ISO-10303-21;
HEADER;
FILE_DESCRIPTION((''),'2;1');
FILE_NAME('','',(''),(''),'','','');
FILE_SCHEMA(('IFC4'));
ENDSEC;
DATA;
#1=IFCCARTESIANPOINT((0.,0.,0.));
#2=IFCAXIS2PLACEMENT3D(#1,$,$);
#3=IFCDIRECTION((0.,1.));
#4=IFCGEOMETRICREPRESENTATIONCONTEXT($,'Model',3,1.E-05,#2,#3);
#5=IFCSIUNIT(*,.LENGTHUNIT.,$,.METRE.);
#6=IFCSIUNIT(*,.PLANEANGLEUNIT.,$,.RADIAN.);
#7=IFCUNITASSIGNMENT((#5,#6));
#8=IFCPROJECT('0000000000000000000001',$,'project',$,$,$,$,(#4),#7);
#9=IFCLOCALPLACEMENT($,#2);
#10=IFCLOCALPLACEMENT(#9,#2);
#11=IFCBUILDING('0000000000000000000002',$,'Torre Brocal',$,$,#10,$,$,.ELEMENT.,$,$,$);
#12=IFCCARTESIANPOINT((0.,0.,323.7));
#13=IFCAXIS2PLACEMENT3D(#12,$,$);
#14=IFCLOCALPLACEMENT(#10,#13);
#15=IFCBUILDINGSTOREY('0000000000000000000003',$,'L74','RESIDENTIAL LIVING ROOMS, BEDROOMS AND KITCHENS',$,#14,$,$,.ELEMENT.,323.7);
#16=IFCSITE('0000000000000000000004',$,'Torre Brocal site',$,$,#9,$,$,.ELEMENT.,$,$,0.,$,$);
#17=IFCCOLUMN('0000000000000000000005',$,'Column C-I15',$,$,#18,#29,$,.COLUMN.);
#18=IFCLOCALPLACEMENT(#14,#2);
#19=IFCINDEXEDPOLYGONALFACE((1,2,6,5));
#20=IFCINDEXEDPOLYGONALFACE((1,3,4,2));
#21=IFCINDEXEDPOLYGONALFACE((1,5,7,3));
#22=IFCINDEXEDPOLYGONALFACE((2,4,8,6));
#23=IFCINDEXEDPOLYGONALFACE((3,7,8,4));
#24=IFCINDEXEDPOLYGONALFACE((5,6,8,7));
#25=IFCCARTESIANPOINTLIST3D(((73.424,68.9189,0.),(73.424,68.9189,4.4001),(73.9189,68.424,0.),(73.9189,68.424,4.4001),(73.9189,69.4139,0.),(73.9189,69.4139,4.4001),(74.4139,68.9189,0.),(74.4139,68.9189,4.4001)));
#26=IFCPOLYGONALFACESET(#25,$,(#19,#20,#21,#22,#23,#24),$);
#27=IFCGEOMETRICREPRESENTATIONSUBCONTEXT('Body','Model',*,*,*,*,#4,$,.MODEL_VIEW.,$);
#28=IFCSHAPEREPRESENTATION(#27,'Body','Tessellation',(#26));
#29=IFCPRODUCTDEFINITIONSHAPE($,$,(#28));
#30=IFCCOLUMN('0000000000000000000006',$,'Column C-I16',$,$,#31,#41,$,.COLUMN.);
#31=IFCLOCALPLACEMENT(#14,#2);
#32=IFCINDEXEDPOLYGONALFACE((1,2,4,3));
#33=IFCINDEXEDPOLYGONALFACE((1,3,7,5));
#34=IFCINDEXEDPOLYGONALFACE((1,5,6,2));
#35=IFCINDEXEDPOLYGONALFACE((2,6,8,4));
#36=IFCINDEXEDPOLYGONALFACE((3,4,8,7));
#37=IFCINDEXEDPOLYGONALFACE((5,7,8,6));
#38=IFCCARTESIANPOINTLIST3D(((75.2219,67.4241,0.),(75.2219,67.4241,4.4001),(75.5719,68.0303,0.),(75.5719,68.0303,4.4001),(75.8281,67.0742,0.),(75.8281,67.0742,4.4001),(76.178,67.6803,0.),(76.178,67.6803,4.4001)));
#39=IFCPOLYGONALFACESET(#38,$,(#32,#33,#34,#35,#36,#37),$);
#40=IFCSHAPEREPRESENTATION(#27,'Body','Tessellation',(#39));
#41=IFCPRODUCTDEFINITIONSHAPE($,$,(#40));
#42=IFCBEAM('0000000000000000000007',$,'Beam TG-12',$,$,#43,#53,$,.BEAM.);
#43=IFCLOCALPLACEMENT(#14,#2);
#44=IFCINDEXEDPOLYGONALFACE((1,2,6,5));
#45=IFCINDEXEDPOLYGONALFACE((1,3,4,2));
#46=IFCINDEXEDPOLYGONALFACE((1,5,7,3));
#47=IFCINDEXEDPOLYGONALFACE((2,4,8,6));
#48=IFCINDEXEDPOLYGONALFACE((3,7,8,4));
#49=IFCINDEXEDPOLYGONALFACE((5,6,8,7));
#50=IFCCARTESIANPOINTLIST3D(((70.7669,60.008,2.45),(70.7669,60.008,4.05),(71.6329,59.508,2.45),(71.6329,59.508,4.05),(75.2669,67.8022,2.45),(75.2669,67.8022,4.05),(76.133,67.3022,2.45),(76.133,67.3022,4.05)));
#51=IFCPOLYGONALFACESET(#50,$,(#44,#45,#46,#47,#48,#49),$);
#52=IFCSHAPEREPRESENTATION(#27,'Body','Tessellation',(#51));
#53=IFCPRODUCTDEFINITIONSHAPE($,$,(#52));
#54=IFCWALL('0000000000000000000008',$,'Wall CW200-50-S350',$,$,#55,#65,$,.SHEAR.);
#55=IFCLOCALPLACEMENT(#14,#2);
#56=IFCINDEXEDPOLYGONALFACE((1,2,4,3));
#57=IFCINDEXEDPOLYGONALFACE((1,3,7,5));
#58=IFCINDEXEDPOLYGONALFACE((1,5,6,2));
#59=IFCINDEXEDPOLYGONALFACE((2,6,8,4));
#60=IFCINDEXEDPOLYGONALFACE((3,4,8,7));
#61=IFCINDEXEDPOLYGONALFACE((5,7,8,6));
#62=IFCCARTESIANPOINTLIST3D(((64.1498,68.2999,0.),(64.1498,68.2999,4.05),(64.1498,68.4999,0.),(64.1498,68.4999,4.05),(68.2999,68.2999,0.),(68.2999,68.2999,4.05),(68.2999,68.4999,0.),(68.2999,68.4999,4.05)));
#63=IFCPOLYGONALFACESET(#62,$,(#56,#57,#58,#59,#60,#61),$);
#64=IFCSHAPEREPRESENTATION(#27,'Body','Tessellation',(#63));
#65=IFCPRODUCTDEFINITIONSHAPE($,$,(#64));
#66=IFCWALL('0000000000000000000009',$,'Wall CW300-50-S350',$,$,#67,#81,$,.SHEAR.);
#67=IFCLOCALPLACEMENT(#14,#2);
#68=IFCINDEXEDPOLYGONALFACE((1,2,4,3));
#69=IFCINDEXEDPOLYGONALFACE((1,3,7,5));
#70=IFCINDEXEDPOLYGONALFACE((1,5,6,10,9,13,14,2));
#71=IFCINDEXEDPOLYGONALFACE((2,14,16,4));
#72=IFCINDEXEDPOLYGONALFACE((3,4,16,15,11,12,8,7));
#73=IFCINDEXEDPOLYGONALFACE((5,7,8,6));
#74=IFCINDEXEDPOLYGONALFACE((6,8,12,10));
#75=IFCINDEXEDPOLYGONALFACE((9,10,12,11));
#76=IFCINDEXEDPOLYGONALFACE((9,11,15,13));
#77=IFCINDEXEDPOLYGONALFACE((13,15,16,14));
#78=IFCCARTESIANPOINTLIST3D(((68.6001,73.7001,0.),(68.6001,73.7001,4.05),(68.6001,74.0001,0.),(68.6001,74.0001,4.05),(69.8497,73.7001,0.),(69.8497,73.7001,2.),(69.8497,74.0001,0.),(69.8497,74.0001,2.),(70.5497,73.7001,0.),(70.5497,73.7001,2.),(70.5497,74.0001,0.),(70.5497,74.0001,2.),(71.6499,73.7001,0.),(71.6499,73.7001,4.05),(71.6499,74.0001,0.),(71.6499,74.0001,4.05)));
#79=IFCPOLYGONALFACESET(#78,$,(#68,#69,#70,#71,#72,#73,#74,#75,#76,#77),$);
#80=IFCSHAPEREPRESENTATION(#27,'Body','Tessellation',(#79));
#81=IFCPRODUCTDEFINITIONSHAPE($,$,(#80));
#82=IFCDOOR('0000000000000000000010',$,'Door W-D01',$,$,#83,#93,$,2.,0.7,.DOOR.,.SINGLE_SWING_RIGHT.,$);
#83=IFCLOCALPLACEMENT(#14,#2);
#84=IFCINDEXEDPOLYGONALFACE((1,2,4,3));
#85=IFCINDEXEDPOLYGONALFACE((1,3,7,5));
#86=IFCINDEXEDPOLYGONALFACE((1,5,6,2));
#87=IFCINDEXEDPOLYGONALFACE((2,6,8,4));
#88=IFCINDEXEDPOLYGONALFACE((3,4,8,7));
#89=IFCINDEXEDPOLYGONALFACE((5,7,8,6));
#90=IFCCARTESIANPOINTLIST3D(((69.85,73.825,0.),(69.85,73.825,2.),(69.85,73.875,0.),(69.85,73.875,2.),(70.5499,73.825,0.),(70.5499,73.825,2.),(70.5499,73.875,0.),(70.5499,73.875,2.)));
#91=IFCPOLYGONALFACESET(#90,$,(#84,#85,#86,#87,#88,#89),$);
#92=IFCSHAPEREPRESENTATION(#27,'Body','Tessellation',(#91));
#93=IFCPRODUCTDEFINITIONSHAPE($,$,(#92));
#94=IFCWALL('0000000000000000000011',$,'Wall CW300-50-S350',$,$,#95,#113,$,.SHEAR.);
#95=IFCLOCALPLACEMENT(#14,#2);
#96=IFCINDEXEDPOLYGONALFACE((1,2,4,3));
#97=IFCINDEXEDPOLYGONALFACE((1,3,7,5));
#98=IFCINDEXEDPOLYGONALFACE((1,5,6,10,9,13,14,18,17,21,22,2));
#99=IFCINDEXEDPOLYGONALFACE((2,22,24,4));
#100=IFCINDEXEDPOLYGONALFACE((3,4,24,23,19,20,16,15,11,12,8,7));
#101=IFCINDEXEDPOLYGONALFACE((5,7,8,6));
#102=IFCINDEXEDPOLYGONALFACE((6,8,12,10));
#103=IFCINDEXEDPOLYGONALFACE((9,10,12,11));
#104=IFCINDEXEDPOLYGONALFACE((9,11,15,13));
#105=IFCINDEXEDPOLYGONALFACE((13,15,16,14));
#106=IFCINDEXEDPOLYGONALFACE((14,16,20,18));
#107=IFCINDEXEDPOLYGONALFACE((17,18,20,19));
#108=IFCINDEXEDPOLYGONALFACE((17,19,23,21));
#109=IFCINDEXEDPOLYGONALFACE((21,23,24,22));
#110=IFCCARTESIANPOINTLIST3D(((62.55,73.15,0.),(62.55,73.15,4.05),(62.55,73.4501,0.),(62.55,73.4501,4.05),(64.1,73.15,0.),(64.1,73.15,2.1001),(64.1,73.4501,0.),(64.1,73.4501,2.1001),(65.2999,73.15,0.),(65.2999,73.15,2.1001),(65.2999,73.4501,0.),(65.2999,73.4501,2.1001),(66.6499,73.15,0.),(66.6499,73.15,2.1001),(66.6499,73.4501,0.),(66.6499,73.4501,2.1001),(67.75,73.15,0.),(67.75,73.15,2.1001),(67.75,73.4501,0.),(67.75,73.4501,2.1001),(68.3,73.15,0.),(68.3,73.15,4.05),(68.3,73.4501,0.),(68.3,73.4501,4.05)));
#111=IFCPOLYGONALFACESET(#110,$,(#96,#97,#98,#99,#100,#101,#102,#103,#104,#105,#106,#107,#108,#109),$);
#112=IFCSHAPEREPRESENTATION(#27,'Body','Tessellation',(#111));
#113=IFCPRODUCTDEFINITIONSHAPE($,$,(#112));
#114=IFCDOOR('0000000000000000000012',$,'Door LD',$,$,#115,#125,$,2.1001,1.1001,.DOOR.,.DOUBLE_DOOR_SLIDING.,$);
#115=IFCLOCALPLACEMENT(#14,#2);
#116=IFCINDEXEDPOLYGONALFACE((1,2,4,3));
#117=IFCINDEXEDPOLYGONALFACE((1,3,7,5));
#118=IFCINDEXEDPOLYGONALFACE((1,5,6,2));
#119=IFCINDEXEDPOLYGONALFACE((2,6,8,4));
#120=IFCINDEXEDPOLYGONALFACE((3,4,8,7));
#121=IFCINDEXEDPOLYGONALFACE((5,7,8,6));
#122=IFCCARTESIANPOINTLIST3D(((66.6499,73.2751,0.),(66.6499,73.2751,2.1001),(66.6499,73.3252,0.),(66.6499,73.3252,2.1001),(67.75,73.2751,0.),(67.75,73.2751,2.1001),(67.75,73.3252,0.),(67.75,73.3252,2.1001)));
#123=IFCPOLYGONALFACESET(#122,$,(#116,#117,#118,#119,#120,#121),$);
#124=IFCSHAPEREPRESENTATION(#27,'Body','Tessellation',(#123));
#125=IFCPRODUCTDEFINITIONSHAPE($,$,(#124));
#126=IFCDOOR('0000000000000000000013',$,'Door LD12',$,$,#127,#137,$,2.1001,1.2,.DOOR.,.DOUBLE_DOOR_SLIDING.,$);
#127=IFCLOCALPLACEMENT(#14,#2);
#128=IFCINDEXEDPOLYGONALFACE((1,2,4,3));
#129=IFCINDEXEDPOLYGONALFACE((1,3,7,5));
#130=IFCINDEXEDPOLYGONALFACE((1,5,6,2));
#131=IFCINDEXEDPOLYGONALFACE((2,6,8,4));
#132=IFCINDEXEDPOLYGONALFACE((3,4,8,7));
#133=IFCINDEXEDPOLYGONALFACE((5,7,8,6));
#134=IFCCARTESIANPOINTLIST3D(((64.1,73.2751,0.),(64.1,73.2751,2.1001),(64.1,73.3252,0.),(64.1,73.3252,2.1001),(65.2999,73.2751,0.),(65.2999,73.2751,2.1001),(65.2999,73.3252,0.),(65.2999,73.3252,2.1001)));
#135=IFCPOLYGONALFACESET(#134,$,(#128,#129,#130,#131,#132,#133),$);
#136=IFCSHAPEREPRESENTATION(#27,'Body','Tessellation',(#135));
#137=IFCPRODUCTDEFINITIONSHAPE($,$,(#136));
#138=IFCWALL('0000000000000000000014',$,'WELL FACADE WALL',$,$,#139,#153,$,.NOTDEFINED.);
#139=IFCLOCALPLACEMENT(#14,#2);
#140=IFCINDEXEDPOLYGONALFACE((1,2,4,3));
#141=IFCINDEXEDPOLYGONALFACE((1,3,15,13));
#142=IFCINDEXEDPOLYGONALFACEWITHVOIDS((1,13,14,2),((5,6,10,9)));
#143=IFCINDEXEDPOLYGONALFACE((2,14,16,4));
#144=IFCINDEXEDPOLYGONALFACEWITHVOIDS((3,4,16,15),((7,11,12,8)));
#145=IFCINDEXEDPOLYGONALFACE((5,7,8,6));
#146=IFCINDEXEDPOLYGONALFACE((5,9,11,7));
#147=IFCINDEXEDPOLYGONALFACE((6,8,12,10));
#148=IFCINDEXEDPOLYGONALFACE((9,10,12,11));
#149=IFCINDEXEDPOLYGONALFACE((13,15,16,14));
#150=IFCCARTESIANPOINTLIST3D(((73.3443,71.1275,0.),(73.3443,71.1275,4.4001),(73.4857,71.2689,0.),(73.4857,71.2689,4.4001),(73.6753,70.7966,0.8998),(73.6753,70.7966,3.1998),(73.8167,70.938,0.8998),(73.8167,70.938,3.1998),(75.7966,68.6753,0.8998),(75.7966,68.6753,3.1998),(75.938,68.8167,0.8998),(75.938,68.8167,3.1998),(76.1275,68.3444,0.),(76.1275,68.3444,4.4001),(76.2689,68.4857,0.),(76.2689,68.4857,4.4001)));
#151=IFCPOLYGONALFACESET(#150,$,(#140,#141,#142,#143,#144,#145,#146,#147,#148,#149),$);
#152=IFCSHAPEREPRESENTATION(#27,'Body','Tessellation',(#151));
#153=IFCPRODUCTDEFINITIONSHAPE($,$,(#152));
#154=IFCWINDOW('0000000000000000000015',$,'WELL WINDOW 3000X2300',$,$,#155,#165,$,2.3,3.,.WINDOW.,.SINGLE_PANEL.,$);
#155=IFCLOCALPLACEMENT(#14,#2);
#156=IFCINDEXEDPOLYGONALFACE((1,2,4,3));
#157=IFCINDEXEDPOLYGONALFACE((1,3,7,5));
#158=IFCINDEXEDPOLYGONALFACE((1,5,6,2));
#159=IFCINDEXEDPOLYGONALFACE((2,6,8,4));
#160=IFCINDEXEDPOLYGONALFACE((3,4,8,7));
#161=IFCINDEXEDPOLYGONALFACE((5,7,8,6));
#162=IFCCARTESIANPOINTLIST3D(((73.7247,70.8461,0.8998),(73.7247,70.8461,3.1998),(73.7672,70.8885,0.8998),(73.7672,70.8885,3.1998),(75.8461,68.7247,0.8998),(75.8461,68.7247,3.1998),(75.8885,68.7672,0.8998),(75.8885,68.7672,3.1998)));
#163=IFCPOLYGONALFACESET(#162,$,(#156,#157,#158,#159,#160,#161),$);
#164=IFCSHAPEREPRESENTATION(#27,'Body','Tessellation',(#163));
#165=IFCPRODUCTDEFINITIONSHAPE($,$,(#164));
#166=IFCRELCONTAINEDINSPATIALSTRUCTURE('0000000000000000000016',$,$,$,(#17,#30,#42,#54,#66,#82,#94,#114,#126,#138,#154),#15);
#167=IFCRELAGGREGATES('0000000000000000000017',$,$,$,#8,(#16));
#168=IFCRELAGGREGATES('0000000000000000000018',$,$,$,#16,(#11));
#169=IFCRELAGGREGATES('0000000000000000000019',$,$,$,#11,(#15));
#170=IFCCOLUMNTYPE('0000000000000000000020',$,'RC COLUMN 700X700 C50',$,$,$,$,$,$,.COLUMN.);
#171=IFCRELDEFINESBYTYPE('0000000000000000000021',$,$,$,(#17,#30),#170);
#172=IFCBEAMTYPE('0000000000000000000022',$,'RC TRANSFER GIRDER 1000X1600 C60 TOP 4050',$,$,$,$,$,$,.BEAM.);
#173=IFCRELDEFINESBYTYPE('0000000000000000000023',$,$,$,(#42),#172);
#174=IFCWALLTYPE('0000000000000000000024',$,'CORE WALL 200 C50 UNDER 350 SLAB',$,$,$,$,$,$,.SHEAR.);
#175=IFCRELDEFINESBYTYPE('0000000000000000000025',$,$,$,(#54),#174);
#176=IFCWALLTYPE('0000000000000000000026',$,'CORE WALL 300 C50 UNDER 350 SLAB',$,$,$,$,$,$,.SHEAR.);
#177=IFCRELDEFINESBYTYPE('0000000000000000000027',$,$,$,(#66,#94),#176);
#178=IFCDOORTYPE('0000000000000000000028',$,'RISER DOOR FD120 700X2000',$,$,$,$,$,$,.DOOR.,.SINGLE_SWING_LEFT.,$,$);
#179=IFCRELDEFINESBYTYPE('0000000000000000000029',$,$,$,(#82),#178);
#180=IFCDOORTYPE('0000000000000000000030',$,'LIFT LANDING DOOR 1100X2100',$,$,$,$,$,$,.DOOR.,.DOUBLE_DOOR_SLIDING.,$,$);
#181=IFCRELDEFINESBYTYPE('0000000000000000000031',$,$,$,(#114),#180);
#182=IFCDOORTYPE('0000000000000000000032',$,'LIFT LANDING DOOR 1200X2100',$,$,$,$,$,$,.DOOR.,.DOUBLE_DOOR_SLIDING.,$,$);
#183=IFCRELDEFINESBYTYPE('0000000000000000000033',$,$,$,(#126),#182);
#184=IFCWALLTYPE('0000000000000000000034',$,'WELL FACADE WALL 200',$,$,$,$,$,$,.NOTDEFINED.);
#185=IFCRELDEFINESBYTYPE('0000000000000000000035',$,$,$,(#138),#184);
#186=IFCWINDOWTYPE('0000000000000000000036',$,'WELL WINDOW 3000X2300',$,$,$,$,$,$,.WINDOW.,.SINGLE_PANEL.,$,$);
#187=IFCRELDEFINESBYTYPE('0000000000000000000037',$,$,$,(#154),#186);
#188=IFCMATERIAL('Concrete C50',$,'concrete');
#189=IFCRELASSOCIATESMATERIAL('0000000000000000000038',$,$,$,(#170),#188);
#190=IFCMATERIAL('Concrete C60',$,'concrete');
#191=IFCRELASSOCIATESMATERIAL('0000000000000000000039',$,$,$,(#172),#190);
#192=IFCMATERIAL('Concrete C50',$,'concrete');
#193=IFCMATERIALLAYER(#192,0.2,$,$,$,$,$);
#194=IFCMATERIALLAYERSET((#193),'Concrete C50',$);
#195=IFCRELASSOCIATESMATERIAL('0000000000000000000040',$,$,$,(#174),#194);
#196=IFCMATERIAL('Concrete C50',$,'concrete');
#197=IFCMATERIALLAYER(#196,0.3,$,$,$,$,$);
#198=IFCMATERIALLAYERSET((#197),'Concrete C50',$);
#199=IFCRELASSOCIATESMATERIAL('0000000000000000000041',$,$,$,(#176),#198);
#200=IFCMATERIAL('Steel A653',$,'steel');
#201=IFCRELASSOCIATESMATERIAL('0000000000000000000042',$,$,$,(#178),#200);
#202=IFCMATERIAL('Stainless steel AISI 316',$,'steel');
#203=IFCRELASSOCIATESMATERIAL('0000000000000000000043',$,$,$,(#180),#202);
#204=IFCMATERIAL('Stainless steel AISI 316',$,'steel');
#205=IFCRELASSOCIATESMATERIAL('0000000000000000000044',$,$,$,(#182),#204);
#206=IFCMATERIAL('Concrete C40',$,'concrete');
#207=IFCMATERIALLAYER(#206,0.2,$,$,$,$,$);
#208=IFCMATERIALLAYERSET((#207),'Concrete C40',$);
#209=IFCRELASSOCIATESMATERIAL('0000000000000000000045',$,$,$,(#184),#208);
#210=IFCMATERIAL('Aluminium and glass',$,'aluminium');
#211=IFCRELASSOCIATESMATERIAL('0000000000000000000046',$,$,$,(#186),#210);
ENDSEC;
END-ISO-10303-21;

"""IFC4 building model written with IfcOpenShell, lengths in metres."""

from ifc_helpers import new_model, si_unit, direction, frame, frame_2d, origin, origin_2d, place, context, subcontext, project, spatial, rectangle, extrude, material, layer, layer_set, material_profile, profile_set, type_object, element, fill, save


model = new_model("IFC4")

# Units and contexts
model_context = context("Model", 3, precision=1e-05, world=origin(), true_north=direction((0.0, 1.0)))
body_context = subcontext(model_context, "Body", "Model", "MODEL_VIEW")
ifc_project = project(units=[si_unit("LENGTHUNIT", "METRE"), si_unit("PLANEANGLEUNIT", "RADIAN")], contexts=[model_context])

# Site, building, storey
site_placement = place(None, origin())
site = spatial("IfcSite", under=ifc_project, at=site_placement, Name="Torre Brocal site", CompositionType="ELEMENT", RefElevation=0.0)
building_placement = place(site_placement, origin())
building = spatial("IfcBuilding", under=site, at=building_placement, Name="Torre Brocal", CompositionType="ELEMENT")
storey_placement = place(building_placement, frame((0.0, 0.0, 323.7)))
storey = spatial("IfcBuildingStorey", under=building, at=storey_placement, Name="L74", Description="RESIDENTIAL LIVING ROOMS, BEDROOMS AND KITCHENS", CompositionType="ELEMENT", Elevation=323.7)

# Columns
ifc_material_1 = material(Name="Concrete C50", Category="concrete")
ifc_material_profile_1 = material_profile(ifc_material_1, rectangle(XDim=0.7, YDim=0.7, at=origin_2d()), Name="RC 700X700")
ifc_profile_set_1 = profile_set([ifc_material_profile_1], Name="Concrete C50")
column_type = type_object("IfcColumnType", Name="RC COLUMN 700X700 C50", PredefinedType="COLUMN", material=ifc_profile_set_1)
for number, where, z_axis, x_axis, name in (
    (1, (73.9189, 68.9189, 0.0), (0.0, 0.0, 1.0), (-0.707107, -0.707107, 0.0), "Column C-I15"),
    (2, (75.7, 67.5522, 0.0), (0.0, 0.0, 1.0), (-0.5, -0.866025, 0.0), "Column C-I16"),
):
    element("IfcColumn", number, at=place(storey_placement, frame(where, z_axis=z_axis, x_axis=x_axis)), inside=storey, type_object=column_type, Name=name, PredefinedType="COLUMN", context=body_context, shape_type="SweptSolid", body=[
        extrude(rectangle(XDim=0.7, YDim=0.7, at=origin_2d()), origin(), (0.0, 0.0, 1.0), 4.4001),
    ])

# Beam
ifc_material_2 = material(Name="Concrete C60", Category="concrete")
ifc_material_profile_2 = material_profile(ifc_material_2, rectangle(XDim=1.0, YDim=1.6001, at=origin_2d()), Name="RC 1000X1600")
ifc_profile_set_2 = profile_set([ifc_material_profile_2], Name="Concrete C60")
beam_type = type_object("IfcBeamType", Name="RC TRANSFER GIRDER 1000X1600 C60 TOP 4050", PredefinedType="BEAM", material=ifc_profile_set_2)
beam_placement = place(storey_placement, frame((75.7, 67.5522, 3.25), z_axis=(-0.500002, -0.866024, 0.0), x_axis=(0.866024, -0.500002, 0.0)))
element("IfcBeam", 3, at=beam_placement, inside=storey, type_object=beam_type, Name="Beam TG-12", PredefinedType="BEAM", context=body_context, shape_type="SweptSolid", body=[
    extrude(rectangle(XDim=1.0, YDim=1.6001, at=origin_2d()), origin(), (0.0, 0.0, 1.0), 9.0),
])

# Wall
ifc_material_3 = material(Name="Concrete C50", Category="concrete")
ifc_layer_1 = layer(ifc_material_3, 0.2)
ifc_layer_set_1 = layer_set([ifc_layer_1], Name="Concrete C50")
wall_type_1 = type_object("IfcWallType", Name="CORE WALL 200 C50 UNDER 350 SLAB", PredefinedType="SHEAR", material=ifc_layer_set_1)
wall_1_placement = place(storey_placement, frame((68.3, 68.3999, 0.0), z_axis=(0.0, 0.0, 1.0), x_axis=(-1.0, 0.0, 0.0)))
element("IfcWall", 4, at=wall_1_placement, inside=storey, type_object=wall_type_1, Name="Wall CW200-50-S350", PredefinedType="SHEAR", context=body_context, shape_type="SweptSolid", body=[
    extrude(rectangle(XDim=4.1501, YDim=0.2, at=frame_2d((2.0752, 0.0))), origin(), (0.0, 0.0, 1.0), 4.05),
])

# Wall, opening, door
ifc_material_4 = material(Name="Concrete C50", Category="concrete")
ifc_layer_2 = layer(ifc_material_4, 0.3)
ifc_layer_set_2 = layer_set([ifc_layer_2], Name="Concrete C50")
wall_type_2 = type_object("IfcWallType", Name="CORE WALL 300 C50 UNDER 350 SLAB", PredefinedType="SHEAR", material=ifc_layer_set_2)
wall_2_placement = place(storey_placement, frame((71.6499, 73.8501, 0.0), z_axis=(0.0, 0.0, 1.0), x_axis=(-1.0, 0.0, 0.0)))
wall_2 = element("IfcWall", 5, at=wall_2_placement, inside=storey, type_object=wall_type_2, Name="Wall CW300-50-S350", PredefinedType="SHEAR", context=body_context, shape_type="SweptSolid", body=[
    extrude(rectangle(XDim=3.0498, YDim=0.3, at=frame_2d((1.5249, 0.0))), origin(), (0.0, 0.0, 1.0), 4.05),
])
opening_1_placement = place(wall_2_placement, frame((1.1001, 0.0, 0.0)))
opening_1 = element("IfcOpeningElement", 6, at=opening_1_placement, cuts=wall_2, PredefinedType="OPENING", context=body_context, shape_type="SweptSolid", body=[
    extrude(rectangle(XDim=0.7, YDim=2.0, at=frame_2d((0.3501, 1.0))), frame((0.0, 0.1599, 0.0), z_axis=(0.0, -1.0, 0.0), x_axis=(1.0, 0.0, 0.0)), (0.0, 0.0, 1.0), 0.3201),
])
ifc_material_5 = material(Name="Steel A653", Category="steel")
door_type_1 = type_object("IfcDoorType", Name="RISER DOOR FD120 700X2000", OperationType="SINGLE_SWING_LEFT", PredefinedType="DOOR", material=ifc_material_5)
door_1_placement = place(opening_1_placement, frame((0.7, 0.0, 0.0), z_axis=(0.0, 0.0, 1.0), x_axis=(-1.0, 0.0, 0.0)))
door_1 = element("IfcDoor", 7, at=door_1_placement, inside=storey, type_object=door_type_1, Name="Door W-D01", OperationType="SINGLE_SWING_RIGHT", OverallHeight=2.0, OverallWidth=0.7, PredefinedType="DOOR", context=body_context, shape_type="SweptSolid", body=[
    extrude(rectangle(XDim=0.7, YDim=2.0, at=frame_2d((0.3501, 1.0))), frame((0.0, 0.0249, 0.0), z_axis=(0.0, -1.0, 0.0), x_axis=(1.0, 0.0, 0.0)), (0.0, 0.0, 1.0), 0.05),
])
fill(opening_1, door_1)

# Wall, openings, doors
wall_3_placement = place(storey_placement, frame((68.3, 73.3, 0.0), z_axis=(0.0, 0.0, 1.0), x_axis=(-1.0, 0.0, 0.0)))
wall_3 = element("IfcWall", 8, at=wall_3_placement, inside=storey, type_object=wall_type_2, Name="Wall CW300-50-S350", PredefinedType="SHEAR", context=body_context, shape_type="SweptSolid", body=[
    extrude(rectangle(XDim=5.75, YDim=0.3, at=frame_2d((2.875, 0.0))), origin(), (0.0, 0.0, 1.0), 4.05),
])
opening_2_placement = place(wall_3_placement, frame((0.55, 0.0, 0.0)))
opening_2 = element("IfcOpeningElement", 9, at=opening_2_placement, cuts=wall_3, PredefinedType="OPENING", context=body_context, shape_type="SweptSolid", body=[
    extrude(rectangle(XDim=1.1001, YDim=2.1001, at=frame_2d((0.55, 1.05))), frame((0.0, 0.1599, 0.0), z_axis=(0.0, -1.0, 0.0), x_axis=(1.0, 0.0, 0.0)), (0.0, 0.0, 1.0), 0.3201),
])
opening_3_placement = place(wall_3_placement, frame((3.0, 0.0, 0.0)))
opening_3 = element("IfcOpeningElement", 10, at=opening_3_placement, cuts=wall_3, PredefinedType="OPENING", context=body_context, shape_type="SweptSolid", body=[
    extrude(rectangle(XDim=1.2, YDim=2.1001, at=frame_2d((0.6001, 1.05))), frame((0.0, 0.1599, 0.0), z_axis=(0.0, -1.0, 0.0), x_axis=(1.0, 0.0, 0.0)), (0.0, 0.0, 1.0), 0.3201),
])
ifc_material_6 = material(Name="Stainless steel AISI 316", Category="steel")
door_type_2 = type_object("IfcDoorType", Name="LIFT LANDING DOOR 1100X2100", OperationType="DOUBLE_DOOR_SLIDING", PredefinedType="DOOR", material=ifc_material_6)
door_2_placement = place(opening_2_placement, origin())
door_2 = element("IfcDoor", 11, at=door_2_placement, inside=storey, type_object=door_type_2, Name="Door LD", OperationType="DOUBLE_DOOR_SLIDING", OverallHeight=2.1001, OverallWidth=1.1001, PredefinedType="DOOR", context=body_context, shape_type="SweptSolid", body=[
    extrude(rectangle(XDim=1.1001, YDim=2.1001, at=frame_2d((0.55, 1.05))), frame((0.0, 0.0249, 0.0), z_axis=(0.0, -1.0, 0.0), x_axis=(1.0, 0.0, 0.0)), (0.0, 0.0, 1.0), 0.05),
])
fill(opening_2, door_2)
ifc_material_7 = material(Name="Stainless steel AISI 316", Category="steel")
door_type_3 = type_object("IfcDoorType", Name="LIFT LANDING DOOR 1200X2100", OperationType="DOUBLE_DOOR_SLIDING", PredefinedType="DOOR", material=ifc_material_7)
door_3_placement = place(opening_3_placement, origin())
door_3 = element("IfcDoor", 12, at=door_3_placement, inside=storey, type_object=door_type_3, Name="Door LD12", OperationType="DOUBLE_DOOR_SLIDING", OverallHeight=2.1001, OverallWidth=1.2, PredefinedType="DOOR", context=body_context, shape_type="SweptSolid", body=[
    extrude(rectangle(XDim=1.2, YDim=2.1001, at=frame_2d((0.6001, 1.05))), frame((0.0, 0.0249, 0.0), z_axis=(0.0, -1.0, 0.0), x_axis=(1.0, 0.0, 0.0)), (0.0, 0.0, 1.0), 0.05),
])
fill(opening_3, door_3)

# Wall, opening, window
ifc_material_8 = material(Name="Concrete C40", Category="concrete")
ifc_layer_3 = layer(ifc_material_8, 0.2)
ifc_layer_set_3 = layer_set([ifc_layer_3], Name="Concrete C40")
wall_type_3 = type_object("IfcWallType", Name="WELL FACADE WALL 200", PredefinedType="NOTDEFINED", material=ifc_layer_set_3)
wall_4_placement = place(storey_placement, frame((73.415, 71.1982, 0.0), z_axis=(0.0, 0.0, 1.0), x_axis=(0.707107, -0.707107, 0.0)))
wall_4 = element("IfcWall", 13, at=wall_4_placement, inside=storey, type_object=wall_type_3, Name="WELL FACADE WALL", PredefinedType="NOTDEFINED", context=body_context, shape_type="SweptSolid", body=[
    extrude(rectangle(XDim=3.936, YDim=0.2, at=frame_2d((1.968, 0.0))), origin(), (0.0, 0.0, 1.0), 4.4001),
])
opening_4_placement = place(wall_4_placement, frame((0.468, 0.0, 0.8999)))
opening_4 = element("IfcOpeningElement", 14, at=opening_4_placement, cuts=wall_4, PredefinedType="OPENING", context=body_context, shape_type="SweptSolid", body=[
    extrude(rectangle(XDim=3.0, YDim=2.3, at=frame_2d((1.5, 1.1499))), frame((0.0, 0.1099, 0.0), z_axis=(0.0, -1.0, 0.0), x_axis=(1.0, 0.0, 0.0)), (0.0, 0.0, 1.0), 0.22),
])
ifc_material_9 = material(Name="Aluminium and glass", Category="aluminium")
window_type = type_object("IfcWindowType", Name="WELL WINDOW 3000X2300", PartitioningType="SINGLE_PANEL", PredefinedType="WINDOW", material=ifc_material_9)
window_1_placement = place(opening_4_placement, origin())
window_1 = element("IfcWindow", 15, at=window_1_placement, inside=storey, type_object=window_type, Name="WELL WINDOW 3000X2300", OverallHeight=2.3, OverallWidth=3.0, PartitioningType="SINGLE_PANEL", PredefinedType="WINDOW", context=body_context, shape_type="SweptSolid", body=[
    extrude(rectangle(XDim=3.0, YDim=2.3, at=frame_2d((1.5, 1.1499))), frame((0.0, 0.03, 0.0), z_axis=(0.0, -1.0, 0.0), x_axis=(1.0, 0.0, 0.0)), (0.0, 0.0, 1.0), 0.0601),
])
fill(opening_4, window_1)

save(model, "model.ifc")
